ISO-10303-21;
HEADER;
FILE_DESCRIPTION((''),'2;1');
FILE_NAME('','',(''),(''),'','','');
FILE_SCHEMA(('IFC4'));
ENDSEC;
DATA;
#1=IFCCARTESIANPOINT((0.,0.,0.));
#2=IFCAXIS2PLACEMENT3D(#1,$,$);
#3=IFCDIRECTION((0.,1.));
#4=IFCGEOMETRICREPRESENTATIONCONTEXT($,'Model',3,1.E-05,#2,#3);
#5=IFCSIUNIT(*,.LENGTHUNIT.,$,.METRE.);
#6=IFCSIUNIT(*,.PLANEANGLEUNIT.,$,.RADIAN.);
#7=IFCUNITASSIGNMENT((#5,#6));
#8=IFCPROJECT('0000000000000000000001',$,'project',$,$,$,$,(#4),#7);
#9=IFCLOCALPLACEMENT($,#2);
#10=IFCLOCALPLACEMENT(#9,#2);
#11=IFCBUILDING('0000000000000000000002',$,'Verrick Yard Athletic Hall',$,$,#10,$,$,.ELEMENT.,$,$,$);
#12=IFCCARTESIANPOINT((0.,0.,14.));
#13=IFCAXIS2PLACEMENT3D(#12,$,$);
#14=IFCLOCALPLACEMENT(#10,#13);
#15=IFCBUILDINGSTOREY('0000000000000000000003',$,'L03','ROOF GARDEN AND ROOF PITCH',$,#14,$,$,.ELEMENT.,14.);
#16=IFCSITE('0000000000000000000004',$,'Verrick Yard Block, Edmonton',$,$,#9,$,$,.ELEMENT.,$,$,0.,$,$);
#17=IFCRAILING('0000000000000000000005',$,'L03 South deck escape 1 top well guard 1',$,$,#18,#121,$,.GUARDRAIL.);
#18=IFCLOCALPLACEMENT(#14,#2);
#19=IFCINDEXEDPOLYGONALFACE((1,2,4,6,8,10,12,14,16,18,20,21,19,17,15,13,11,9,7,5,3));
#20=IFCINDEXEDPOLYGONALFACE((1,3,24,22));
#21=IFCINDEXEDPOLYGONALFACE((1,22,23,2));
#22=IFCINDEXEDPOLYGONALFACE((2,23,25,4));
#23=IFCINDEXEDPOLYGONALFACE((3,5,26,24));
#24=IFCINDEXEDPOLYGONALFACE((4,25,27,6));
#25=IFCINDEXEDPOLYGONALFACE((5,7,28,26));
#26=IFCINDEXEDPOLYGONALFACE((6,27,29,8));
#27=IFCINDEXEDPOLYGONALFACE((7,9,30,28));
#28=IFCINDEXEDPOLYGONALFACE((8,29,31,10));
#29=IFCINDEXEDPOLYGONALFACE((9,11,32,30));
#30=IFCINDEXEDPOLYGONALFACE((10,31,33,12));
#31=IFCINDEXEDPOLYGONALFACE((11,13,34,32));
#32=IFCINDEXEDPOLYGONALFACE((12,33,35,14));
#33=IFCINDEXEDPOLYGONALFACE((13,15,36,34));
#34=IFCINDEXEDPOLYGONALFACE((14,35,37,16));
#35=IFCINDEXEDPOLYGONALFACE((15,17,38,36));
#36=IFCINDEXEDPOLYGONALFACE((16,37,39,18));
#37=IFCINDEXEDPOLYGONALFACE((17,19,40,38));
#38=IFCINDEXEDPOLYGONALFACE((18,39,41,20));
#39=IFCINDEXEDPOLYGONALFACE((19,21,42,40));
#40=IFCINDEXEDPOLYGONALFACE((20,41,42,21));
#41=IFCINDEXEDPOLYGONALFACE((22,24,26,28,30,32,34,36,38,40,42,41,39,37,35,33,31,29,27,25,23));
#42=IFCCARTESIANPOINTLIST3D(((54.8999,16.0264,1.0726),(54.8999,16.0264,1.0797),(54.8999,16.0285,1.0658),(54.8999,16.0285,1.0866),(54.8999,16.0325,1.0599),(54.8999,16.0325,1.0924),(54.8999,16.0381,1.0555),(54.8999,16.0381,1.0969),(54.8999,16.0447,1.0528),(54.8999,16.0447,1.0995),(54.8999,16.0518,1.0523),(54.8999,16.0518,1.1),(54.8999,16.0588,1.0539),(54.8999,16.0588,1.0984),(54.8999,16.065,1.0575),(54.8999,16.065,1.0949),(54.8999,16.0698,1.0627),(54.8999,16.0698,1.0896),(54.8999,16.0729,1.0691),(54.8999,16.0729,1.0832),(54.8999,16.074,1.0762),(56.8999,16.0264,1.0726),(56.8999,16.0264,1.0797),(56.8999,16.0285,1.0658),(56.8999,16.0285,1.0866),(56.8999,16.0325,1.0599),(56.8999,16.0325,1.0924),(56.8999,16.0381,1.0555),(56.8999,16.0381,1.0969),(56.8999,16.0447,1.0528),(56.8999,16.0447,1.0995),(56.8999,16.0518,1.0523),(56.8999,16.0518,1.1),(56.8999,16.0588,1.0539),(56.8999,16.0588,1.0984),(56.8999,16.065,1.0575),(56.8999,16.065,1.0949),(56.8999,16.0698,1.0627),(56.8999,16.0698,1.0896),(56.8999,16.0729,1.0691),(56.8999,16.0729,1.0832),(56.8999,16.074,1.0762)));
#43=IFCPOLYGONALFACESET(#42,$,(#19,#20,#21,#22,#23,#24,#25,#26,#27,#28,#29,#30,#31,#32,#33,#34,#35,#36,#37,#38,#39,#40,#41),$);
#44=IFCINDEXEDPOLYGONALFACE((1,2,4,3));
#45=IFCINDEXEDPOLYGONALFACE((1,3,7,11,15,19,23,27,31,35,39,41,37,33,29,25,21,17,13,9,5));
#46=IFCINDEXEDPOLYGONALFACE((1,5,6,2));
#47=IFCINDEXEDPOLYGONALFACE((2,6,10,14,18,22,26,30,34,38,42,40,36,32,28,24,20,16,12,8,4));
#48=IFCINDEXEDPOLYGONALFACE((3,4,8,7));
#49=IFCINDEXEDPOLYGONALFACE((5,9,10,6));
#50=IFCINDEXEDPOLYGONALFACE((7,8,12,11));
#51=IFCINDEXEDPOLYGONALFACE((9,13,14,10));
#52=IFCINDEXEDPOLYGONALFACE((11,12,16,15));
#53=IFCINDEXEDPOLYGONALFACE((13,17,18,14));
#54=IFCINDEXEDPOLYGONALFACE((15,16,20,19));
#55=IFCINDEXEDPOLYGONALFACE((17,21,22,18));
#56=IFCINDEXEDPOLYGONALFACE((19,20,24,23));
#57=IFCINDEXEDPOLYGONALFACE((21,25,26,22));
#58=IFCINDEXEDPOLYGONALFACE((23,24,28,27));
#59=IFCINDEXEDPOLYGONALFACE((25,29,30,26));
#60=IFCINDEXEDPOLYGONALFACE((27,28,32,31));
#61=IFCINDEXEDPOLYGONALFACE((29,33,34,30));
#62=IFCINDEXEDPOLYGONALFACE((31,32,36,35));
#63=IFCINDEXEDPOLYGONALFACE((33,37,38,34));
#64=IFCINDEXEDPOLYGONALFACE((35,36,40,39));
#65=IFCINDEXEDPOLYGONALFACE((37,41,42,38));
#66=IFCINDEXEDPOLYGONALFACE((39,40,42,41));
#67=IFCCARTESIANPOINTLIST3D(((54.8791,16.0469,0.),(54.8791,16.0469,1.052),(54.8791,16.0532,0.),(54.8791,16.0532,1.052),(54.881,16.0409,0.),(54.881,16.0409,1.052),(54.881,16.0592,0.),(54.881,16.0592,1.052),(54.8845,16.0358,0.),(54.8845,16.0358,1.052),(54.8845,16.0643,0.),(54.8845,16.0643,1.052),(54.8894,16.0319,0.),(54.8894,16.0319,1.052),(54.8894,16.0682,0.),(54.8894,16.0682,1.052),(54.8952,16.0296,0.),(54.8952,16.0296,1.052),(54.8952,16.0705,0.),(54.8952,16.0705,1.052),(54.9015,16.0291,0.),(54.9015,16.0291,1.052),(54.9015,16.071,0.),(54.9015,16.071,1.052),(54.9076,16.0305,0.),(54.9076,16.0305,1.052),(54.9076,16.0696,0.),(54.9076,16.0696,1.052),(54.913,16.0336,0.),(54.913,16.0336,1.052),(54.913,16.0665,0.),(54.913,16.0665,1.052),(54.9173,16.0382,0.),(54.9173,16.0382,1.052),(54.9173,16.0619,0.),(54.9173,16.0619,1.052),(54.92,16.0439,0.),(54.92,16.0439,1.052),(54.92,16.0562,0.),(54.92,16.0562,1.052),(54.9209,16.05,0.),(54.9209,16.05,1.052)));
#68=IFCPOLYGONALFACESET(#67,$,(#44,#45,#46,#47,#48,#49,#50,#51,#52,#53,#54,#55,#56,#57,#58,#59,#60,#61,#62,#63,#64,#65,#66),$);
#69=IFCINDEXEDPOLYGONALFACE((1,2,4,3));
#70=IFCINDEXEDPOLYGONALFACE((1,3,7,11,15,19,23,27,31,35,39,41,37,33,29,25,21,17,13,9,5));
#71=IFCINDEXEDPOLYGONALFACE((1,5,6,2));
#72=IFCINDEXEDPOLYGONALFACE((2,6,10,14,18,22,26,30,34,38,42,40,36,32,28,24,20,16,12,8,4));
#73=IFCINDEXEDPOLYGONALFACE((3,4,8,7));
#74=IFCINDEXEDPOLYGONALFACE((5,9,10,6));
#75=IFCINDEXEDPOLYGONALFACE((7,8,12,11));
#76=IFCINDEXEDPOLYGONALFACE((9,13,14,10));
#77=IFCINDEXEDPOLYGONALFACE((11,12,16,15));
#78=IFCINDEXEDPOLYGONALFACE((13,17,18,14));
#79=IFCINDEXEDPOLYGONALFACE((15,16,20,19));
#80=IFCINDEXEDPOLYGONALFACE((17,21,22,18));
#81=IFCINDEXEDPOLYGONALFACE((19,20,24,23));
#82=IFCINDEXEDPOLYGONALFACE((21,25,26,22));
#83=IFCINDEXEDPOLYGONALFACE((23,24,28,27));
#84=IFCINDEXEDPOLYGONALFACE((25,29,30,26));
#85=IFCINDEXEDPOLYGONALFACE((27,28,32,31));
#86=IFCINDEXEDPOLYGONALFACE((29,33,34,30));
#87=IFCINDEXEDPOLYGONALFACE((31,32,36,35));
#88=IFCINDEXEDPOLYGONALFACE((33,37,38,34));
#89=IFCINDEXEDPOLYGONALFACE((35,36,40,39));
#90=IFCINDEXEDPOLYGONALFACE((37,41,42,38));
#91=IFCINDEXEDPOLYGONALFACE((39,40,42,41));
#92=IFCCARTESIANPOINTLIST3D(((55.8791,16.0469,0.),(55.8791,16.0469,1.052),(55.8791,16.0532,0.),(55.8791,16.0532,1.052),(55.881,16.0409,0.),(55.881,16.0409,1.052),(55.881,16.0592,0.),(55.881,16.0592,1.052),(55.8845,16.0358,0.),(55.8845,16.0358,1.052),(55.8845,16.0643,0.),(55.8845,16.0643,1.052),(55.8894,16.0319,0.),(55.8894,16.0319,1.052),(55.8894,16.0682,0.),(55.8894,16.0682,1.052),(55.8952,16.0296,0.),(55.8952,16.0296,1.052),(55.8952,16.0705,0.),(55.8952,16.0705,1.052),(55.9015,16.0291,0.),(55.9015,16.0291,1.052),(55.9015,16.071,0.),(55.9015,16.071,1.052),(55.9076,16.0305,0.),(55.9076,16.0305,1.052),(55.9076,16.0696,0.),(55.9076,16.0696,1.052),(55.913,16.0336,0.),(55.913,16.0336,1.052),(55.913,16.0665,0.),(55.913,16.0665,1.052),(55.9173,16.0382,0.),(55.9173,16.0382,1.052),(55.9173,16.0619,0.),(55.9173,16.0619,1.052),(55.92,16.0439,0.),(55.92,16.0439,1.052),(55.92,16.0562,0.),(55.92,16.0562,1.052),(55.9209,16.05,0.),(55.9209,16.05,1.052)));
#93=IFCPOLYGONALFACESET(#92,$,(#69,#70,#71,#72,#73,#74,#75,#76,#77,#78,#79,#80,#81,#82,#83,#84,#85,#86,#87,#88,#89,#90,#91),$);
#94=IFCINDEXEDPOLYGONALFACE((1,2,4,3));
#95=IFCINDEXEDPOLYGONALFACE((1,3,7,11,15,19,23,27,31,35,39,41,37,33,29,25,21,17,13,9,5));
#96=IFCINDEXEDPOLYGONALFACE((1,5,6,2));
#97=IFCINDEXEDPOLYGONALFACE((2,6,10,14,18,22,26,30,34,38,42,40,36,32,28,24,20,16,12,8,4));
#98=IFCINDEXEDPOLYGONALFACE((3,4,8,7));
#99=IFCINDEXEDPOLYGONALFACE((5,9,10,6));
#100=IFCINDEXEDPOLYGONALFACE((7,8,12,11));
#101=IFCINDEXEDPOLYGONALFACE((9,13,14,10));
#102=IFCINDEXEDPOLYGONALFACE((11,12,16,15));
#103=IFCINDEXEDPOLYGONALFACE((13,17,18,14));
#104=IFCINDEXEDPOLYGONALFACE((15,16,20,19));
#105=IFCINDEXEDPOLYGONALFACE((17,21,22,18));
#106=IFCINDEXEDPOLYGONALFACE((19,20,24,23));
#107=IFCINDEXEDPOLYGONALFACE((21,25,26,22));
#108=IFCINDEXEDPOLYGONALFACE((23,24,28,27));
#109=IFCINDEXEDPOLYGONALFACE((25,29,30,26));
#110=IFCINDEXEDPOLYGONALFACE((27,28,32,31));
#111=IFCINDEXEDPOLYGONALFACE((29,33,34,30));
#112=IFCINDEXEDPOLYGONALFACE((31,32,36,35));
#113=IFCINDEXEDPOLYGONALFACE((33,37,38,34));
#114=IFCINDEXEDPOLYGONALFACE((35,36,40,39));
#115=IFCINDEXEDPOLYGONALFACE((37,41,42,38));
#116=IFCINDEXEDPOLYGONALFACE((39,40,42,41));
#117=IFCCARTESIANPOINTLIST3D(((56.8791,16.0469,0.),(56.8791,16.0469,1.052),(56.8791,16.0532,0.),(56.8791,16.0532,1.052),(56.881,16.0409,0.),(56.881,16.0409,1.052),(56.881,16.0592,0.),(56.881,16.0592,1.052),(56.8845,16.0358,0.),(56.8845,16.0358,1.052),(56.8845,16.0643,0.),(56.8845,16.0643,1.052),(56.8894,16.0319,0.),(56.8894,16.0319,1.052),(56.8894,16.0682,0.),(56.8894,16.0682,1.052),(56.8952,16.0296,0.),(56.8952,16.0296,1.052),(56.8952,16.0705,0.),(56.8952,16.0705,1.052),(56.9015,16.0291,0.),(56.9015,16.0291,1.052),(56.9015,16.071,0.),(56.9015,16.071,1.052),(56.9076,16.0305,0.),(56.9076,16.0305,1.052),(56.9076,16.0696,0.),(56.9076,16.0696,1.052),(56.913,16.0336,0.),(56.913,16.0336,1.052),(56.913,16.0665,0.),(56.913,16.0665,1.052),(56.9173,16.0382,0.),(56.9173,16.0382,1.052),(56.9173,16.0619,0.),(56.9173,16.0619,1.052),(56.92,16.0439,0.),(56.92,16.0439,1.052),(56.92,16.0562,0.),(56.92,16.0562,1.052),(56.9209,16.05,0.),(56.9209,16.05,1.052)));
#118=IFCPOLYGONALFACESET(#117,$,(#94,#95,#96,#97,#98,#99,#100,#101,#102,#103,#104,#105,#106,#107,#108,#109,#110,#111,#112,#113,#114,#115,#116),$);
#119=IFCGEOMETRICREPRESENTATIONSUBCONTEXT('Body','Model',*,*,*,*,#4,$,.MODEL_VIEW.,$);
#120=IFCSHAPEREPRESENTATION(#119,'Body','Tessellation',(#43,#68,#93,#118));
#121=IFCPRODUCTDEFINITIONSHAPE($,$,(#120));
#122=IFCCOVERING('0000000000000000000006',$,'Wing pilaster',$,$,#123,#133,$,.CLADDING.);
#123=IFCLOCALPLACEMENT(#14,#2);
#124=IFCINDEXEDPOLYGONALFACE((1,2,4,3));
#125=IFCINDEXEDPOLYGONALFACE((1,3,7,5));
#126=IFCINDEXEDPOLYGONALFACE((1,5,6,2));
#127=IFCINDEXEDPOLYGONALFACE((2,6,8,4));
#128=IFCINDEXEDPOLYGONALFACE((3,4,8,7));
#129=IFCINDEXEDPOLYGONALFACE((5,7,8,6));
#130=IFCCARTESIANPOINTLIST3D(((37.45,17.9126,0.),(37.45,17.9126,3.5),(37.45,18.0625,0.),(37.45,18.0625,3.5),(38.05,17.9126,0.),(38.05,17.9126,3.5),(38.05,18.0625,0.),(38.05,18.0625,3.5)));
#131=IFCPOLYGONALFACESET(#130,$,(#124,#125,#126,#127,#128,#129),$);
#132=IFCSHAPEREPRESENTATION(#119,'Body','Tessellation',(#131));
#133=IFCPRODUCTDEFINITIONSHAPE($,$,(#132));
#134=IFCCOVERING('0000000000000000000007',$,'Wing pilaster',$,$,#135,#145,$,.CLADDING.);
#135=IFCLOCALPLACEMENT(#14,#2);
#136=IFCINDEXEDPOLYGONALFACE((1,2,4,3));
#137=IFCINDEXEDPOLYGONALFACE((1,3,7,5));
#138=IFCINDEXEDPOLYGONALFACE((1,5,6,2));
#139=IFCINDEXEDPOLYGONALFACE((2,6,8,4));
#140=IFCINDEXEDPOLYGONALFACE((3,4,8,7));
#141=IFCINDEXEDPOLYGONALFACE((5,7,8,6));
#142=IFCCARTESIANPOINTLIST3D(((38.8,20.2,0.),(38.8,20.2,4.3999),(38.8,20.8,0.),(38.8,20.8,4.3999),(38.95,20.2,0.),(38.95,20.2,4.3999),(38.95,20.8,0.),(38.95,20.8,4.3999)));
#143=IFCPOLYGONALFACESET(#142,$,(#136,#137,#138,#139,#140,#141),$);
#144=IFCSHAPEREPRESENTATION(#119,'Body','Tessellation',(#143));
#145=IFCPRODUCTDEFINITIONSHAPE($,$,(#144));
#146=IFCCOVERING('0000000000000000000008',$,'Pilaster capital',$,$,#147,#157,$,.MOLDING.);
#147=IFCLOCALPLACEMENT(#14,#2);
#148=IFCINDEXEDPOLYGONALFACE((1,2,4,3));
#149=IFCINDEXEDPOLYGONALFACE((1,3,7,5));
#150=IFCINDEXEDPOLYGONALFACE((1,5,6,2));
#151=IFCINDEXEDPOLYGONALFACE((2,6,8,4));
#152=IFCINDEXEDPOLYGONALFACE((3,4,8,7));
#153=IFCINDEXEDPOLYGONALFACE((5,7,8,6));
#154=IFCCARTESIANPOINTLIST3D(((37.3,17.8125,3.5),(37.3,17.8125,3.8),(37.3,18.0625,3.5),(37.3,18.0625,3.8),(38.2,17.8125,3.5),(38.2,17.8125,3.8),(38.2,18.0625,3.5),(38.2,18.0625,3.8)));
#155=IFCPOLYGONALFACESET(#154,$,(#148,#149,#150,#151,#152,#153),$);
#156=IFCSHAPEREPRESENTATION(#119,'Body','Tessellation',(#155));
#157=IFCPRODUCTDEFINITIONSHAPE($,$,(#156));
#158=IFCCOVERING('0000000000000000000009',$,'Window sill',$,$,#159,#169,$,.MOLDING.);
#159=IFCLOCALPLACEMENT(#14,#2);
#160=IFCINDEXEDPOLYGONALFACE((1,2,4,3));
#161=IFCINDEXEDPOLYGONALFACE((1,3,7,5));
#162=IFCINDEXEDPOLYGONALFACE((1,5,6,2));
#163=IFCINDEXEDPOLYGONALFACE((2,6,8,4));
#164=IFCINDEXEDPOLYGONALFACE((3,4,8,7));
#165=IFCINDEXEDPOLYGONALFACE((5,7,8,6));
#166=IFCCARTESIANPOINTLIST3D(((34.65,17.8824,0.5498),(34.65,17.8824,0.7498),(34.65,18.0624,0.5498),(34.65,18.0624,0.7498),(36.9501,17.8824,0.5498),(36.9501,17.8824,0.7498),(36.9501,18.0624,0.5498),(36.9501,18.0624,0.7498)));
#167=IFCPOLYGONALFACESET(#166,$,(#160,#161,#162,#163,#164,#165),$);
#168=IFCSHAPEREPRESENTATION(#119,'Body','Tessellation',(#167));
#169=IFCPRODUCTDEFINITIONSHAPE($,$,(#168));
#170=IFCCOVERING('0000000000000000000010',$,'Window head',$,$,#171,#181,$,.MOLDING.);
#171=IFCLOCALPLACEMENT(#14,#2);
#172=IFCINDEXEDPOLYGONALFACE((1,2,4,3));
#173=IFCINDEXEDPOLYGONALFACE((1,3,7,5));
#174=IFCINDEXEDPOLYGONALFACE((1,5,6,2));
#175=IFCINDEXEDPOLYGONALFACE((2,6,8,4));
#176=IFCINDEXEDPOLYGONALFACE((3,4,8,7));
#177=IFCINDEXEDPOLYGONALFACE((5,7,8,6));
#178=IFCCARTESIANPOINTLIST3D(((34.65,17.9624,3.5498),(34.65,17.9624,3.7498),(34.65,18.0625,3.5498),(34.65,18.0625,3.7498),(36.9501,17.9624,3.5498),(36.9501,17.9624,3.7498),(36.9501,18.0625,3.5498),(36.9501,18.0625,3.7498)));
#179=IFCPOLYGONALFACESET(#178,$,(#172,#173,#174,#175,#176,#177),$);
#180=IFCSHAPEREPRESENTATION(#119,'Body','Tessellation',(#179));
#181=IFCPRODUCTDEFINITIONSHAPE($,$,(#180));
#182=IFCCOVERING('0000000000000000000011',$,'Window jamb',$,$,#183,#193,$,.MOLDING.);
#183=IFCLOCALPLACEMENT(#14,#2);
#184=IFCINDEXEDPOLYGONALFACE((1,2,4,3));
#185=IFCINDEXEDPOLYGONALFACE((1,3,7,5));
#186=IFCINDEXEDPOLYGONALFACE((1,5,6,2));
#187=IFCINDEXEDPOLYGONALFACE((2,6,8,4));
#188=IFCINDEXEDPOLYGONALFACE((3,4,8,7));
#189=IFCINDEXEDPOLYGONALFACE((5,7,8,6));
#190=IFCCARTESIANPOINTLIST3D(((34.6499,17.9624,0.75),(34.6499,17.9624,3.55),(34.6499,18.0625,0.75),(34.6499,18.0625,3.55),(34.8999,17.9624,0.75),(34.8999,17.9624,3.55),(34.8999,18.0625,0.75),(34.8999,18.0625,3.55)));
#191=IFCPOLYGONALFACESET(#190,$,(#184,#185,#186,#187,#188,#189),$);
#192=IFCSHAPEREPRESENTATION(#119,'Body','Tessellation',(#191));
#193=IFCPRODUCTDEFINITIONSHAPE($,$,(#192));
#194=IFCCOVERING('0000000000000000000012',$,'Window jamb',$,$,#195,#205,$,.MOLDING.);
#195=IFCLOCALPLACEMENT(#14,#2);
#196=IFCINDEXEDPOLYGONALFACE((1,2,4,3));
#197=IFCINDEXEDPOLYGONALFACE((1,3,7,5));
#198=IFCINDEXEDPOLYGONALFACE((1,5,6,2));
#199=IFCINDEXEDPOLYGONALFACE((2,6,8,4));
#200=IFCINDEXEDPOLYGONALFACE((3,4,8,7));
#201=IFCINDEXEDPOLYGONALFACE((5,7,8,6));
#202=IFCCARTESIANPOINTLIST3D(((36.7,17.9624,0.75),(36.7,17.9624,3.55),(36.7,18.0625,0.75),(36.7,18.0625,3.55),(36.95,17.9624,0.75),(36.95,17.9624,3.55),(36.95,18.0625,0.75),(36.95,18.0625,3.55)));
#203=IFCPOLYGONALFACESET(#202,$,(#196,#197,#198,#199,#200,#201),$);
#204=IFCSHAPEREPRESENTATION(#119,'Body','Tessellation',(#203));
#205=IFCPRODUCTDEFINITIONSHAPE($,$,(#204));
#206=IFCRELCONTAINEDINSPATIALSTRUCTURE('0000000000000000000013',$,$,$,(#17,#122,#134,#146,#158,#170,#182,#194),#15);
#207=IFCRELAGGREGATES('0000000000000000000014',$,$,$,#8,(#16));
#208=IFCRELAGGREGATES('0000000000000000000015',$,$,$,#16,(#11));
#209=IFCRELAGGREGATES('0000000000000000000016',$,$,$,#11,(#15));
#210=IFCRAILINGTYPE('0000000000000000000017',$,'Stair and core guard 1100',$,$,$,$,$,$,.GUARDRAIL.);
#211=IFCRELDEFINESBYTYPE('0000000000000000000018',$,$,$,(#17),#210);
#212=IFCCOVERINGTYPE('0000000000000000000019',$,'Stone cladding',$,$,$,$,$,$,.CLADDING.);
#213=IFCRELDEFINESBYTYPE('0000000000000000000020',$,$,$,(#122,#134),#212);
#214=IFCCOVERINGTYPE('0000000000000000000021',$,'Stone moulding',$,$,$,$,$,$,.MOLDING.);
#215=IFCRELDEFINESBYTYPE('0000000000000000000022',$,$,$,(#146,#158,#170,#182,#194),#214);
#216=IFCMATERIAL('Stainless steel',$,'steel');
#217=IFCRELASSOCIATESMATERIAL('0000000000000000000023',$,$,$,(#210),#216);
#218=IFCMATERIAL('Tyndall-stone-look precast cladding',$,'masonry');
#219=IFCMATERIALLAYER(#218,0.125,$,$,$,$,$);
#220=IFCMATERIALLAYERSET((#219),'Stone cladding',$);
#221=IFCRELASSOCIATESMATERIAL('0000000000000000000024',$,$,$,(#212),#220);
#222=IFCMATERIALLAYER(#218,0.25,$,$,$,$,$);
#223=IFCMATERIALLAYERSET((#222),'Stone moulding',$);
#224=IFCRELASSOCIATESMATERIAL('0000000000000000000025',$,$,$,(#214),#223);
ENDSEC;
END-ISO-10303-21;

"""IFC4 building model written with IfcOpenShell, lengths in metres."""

from ifc_helpers import new_model, si_unit, direction, frame, origin, origin_2d, place, context, subcontext, project, spatial, rectangle, circle, extrude, material, layer, layer_set, type_object, element, save


model = new_model("IFC4")

# Units and contexts
model_context = context("Model", 3, precision=1e-05, world=origin(), true_north=direction((0.0, 1.0)))
body_context = subcontext(model_context, "Body", "Model", "MODEL_VIEW")
ifc_project = project(units=[si_unit("LENGTHUNIT", "METRE"), si_unit("PLANEANGLEUNIT", "RADIAN")], contexts=[model_context])

# Site, building, storey
site_placement = place(None, origin())
site = spatial("IfcSite", under=ifc_project, at=site_placement, Name="Verrick Yard Block, Edmonton", CompositionType="ELEMENT", RefElevation=0.0)
building_placement = place(site_placement, origin())
building = spatial("IfcBuilding", under=site, at=building_placement, Name="Verrick Yard Athletic Hall", CompositionType="ELEMENT")
storey_placement = place(building_placement, frame((0.0, 0.0, 14.0)))
storey = spatial("IfcBuildingStorey", under=building, at=storey_placement, Name="L03", Description="ROOF GARDEN AND ROOF PITCH", CompositionType="ELEMENT", Elevation=14.0)

# Shared definitions
ifc_material_1 = material(Name="Tyndall-stone-look precast cladding", Category="masonry")

# Railing
ifc_material_2 = material(Name="Stainless steel", Category="steel")
railing_type_1 = type_object("IfcRailingType", Name="Stair and core guard 1100", PredefinedType="GUARDRAIL", material=ifc_material_2)
railing_1_placement = place(storey_placement, frame((54.8999, 16.05, 0.0)))
element("IfcRailing", 1, at=railing_1_placement, inside=storey, type_object=railing_type_1, Name="L03 South deck escape 1 top well guard 1", PredefinedType="GUARDRAIL", context=body_context, shape_type="SweptSolid", body=[
    extrude(circle(Radius=0.0239, at=origin_2d()), frame((0.0, 0.0, 1.0762), z_axis=(1.0, 0.0, 0.0), x_axis=(0.0, 1.0, 0.0)), (0.0, 0.0, 1.0), 2.0),
    extrude(circle(Radius=0.021, at=origin_2d()), origin(), (0.0, 0.0, 1.0), 1.052),
    extrude(circle(Radius=0.021, at=origin_2d()), frame((1.0, 0.0, 0.0)), (0.0, 0.0, 1.0), 1.052),
    extrude(circle(Radius=0.021, at=origin_2d()), frame((2.0, 0.0, 0.0)), (0.0, 0.0, 1.0), 1.052),
])

# Coverings
ifc_layer_1 = layer(ifc_material_1, 0.125)
ifc_layer_set_1 = layer_set([ifc_layer_1], Name="Stone cladding")
covering_type_1 = type_object("IfcCoveringType", Name="Stone cladding", PredefinedType="CLADDING", material=ifc_layer_set_1)
covering_1_placement = place(storey_placement, frame((37.75, 17.9875, 0.0), z_axis=(0.0, 0.0, 1.0), x_axis=(1.0, 0.0, 0.0)))
element("IfcCovering", 2, at=covering_1_placement, inside=storey, type_object=covering_type_1, Name="Wing pilaster", PredefinedType="CLADDING", context=body_context, shape_type="SweptSolid", body=[
    extrude(rectangle(XDim=0.6001, YDim=0.1499, at=origin_2d()), origin(), (0.0, 0.0, 1.0), 3.5),
])
covering_2_placement = place(storey_placement, frame((38.875, 20.5, 0.0), z_axis=(0.0, 0.0, 1.0), x_axis=(0.0, 1.0, 0.0)))
element("IfcCovering", 3, at=covering_2_placement, inside=storey, type_object=covering_type_1, Name="Wing pilaster", PredefinedType="CLADDING", context=body_context, shape_type="SweptSolid", body=[
    extrude(rectangle(XDim=0.6001, YDim=0.1499, at=origin_2d()), origin(), (0.0, 0.0, 1.0), 4.3999),
])
ifc_layer_2 = layer(ifc_material_1, 0.25)
ifc_layer_set_2 = layer_set([ifc_layer_2], Name="Stone moulding")
covering_type_2 = type_object("IfcCoveringType", Name="Stone moulding", PredefinedType="MOLDING", material=ifc_layer_set_2)
covering_3_placement = place(storey_placement, frame((37.75, 17.9375, 3.5), z_axis=(0.0, 0.0, 1.0), x_axis=(1.0, 0.0, 0.0)))
element("IfcCovering", 4, at=covering_3_placement, inside=storey, type_object=covering_type_2, Name="Pilaster capital", PredefinedType="MOLDING", context=body_context, shape_type="SweptSolid", body=[
    extrude(rectangle(XDim=0.8999, YDim=0.25, at=origin_2d()), origin(), (0.0, 0.0, 1.0), 0.3),
])
covering_4_placement = place(storey_placement, frame((35.8, 17.9724, 0.5498), z_axis=(0.0, 0.0, 1.0), x_axis=(1.0, 0.0, 0.0)))
element("IfcCovering", 5, at=covering_4_placement, inside=storey, type_object=covering_type_2, Name="Window sill", PredefinedType="MOLDING", context=body_context, shape_type="SweptSolid", body=[
    extrude(rectangle(XDim=2.3, YDim=0.1799, at=origin_2d()), origin(), (0.0, 0.0, 1.0), 0.2),
])
covering_5_placement = place(storey_placement, frame((35.8, 18.0125, 3.5498), z_axis=(0.0, 0.0, 1.0), x_axis=(1.0, 0.0, 0.0)))
element("IfcCovering", 6, at=covering_5_placement, inside=storey, type_object=covering_type_2, Name="Window head", PredefinedType="MOLDING", context=body_context, shape_type="SweptSolid", body=[
    extrude(rectangle(XDim=2.3, YDim=0.1001, at=origin_2d()), origin(), (0.0, 0.0, 1.0), 0.2),
])
for number, where, z_axis, x_axis, name in (
    (7, (34.7749, 18.0125, 0.75), (0.0, 0.0, 1.0), (1.0, 0.0, 0.0), "Window jamb"),
    (8, (36.825, 18.0125, 0.75), (0.0, 0.0, 1.0), (1.0, 0.0, 0.0), "Window jamb"),
):
    element("IfcCovering", number, at=place(storey_placement, frame(where, z_axis=z_axis, x_axis=x_axis)), inside=storey, type_object=covering_type_2, Name=name, PredefinedType="MOLDING", context=body_context, shape_type="SweptSolid", body=[
        extrude(rectangle(XDim=0.25, YDim=0.1001, at=origin_2d()), origin(), (0.0, 0.0, 1.0), 2.8),
    ])

save(model, "model.ifc")
